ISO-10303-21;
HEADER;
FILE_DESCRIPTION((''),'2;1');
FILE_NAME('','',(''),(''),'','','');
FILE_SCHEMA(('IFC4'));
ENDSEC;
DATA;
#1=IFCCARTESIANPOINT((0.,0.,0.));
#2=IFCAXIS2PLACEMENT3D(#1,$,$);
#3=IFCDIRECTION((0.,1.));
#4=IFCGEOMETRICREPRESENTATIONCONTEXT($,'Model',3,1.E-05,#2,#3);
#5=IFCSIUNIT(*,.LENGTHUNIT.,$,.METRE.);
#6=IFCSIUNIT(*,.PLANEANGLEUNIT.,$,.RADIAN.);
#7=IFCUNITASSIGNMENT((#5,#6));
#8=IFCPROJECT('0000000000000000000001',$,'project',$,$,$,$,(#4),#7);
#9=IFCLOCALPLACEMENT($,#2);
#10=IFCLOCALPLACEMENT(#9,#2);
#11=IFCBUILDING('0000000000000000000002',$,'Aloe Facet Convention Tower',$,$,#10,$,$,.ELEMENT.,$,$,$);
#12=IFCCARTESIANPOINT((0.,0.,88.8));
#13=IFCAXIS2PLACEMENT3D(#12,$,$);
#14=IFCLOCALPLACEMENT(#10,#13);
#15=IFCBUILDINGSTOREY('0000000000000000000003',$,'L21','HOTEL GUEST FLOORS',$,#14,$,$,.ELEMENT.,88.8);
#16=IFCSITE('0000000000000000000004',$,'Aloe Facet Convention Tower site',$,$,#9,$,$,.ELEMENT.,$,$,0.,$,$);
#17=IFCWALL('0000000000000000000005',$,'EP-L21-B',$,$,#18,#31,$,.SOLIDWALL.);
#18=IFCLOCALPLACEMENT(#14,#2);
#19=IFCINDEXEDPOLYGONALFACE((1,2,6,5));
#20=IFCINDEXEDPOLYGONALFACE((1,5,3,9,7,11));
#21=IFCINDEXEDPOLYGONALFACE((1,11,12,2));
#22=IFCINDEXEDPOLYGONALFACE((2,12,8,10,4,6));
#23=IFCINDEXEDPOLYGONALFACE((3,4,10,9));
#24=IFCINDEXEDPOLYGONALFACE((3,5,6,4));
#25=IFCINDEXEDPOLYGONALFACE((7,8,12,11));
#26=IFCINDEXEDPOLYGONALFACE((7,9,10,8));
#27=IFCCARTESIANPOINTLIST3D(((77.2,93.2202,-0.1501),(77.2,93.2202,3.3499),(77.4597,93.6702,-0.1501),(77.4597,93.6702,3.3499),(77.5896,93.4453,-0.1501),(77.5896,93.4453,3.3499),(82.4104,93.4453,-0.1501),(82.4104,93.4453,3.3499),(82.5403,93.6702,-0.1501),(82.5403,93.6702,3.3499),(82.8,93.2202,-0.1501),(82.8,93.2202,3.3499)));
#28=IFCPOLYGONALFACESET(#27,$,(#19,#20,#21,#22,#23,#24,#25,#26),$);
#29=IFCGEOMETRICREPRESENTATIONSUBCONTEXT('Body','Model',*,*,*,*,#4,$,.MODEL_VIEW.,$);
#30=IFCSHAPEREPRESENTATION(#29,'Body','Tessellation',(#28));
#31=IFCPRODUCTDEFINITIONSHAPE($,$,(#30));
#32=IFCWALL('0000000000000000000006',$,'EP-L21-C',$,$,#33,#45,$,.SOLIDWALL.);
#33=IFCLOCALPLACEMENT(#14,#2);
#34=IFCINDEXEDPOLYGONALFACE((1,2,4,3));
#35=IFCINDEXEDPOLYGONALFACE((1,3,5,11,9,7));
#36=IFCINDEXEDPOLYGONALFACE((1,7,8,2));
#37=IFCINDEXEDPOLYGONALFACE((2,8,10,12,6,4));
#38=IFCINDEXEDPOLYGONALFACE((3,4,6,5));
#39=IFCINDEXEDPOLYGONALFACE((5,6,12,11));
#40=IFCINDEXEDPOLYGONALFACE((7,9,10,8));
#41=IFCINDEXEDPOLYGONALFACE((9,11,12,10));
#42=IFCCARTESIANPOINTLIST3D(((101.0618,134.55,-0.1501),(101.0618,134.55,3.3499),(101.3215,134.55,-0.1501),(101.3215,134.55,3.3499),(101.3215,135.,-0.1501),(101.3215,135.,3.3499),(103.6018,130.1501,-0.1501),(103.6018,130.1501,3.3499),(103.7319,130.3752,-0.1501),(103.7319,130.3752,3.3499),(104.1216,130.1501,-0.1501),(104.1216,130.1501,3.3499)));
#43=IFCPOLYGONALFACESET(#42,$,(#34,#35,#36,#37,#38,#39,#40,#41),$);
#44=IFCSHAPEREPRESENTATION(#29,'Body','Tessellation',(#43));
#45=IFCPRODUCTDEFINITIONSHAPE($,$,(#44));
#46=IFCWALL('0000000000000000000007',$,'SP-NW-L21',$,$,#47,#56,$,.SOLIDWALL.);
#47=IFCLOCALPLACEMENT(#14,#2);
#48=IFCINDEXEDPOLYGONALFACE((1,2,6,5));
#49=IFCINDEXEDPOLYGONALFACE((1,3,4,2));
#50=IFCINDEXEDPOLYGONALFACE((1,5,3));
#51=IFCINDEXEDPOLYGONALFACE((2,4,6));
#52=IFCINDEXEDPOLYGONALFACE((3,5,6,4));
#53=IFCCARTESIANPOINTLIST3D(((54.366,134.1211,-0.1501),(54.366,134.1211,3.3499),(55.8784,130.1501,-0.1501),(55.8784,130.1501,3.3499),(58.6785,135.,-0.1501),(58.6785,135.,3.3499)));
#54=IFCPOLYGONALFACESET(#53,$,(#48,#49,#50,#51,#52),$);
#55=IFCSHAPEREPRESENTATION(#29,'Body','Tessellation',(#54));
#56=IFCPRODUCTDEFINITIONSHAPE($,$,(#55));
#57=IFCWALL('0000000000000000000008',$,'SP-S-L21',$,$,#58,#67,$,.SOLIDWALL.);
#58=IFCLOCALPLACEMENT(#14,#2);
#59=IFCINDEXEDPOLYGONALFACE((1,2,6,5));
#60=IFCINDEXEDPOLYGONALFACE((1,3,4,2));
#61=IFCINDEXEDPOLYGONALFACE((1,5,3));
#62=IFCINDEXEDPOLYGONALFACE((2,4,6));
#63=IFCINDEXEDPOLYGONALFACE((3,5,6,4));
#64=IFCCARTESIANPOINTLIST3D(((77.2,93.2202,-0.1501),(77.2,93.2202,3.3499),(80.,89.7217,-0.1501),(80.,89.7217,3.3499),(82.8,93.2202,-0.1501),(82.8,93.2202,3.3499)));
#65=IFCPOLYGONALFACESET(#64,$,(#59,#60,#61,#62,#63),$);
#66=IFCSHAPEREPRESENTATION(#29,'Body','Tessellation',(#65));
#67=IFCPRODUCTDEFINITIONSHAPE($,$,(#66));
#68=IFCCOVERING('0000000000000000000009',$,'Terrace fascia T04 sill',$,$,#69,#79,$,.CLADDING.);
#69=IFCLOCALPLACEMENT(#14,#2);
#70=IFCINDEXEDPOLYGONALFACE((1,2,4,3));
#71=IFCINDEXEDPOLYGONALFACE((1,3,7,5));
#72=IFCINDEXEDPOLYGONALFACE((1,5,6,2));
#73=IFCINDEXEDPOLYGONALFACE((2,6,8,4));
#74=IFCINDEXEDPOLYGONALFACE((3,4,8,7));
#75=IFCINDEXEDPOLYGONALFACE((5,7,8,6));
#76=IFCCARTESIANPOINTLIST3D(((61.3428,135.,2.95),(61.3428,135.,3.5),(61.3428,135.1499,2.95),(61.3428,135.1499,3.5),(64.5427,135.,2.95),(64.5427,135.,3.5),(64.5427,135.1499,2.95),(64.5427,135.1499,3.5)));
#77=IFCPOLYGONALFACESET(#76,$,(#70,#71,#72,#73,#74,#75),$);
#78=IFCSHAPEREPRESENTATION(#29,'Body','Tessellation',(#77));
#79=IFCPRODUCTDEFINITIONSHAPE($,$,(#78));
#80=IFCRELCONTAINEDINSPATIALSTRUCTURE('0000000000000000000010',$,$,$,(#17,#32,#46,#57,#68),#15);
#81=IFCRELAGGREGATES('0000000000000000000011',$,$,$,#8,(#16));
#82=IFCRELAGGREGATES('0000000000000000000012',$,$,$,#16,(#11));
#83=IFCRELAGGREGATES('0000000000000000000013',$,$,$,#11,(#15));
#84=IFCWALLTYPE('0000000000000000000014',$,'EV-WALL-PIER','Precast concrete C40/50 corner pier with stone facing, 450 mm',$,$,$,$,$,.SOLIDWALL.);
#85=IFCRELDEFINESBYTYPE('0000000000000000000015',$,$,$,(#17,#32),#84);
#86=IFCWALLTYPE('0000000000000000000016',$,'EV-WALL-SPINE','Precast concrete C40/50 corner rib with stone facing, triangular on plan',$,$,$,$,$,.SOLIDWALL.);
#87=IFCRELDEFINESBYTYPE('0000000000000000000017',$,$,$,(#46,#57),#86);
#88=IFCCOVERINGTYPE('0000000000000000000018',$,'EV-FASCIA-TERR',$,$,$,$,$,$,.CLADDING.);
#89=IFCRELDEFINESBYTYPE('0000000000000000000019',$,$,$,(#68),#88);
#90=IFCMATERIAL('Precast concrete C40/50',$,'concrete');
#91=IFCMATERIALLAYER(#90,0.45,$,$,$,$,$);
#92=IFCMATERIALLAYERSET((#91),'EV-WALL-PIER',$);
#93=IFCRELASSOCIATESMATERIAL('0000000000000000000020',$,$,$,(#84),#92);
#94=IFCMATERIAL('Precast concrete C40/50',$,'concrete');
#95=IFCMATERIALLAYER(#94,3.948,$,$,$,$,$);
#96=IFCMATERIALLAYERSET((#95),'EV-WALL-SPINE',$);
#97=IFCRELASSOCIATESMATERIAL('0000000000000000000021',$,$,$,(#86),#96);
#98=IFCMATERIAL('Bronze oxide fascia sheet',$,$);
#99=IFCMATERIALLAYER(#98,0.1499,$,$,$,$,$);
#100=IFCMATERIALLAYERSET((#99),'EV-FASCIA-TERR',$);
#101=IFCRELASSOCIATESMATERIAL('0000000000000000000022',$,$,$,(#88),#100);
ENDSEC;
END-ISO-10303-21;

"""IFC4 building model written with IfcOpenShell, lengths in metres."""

from ifc_helpers import new_model, si_unit, direction, frame, origin, place, context, subcontext, project, spatial, polyline, outline, extrude, material, layer, layer_set, type_object, element, save


model = new_model("IFC4")

# Units and contexts
model_context = context("Model", 3, precision=1e-05, world=origin(), true_north=direction((0.0, 1.0)))
body_context = subcontext(model_context, "Body", "Model", "MODEL_VIEW")
ifc_project = project(units=[si_unit("LENGTHUNIT", "METRE"), si_unit("PLANEANGLEUNIT", "RADIAN")], contexts=[model_context])

# Site, building, storey
site_placement = place(None, origin())
site = spatial("IfcSite", under=ifc_project, at=site_placement, Name="Aloe Facet Convention Tower site", CompositionType="ELEMENT", RefElevation=0.0)
building_placement = place(site_placement, origin())
building = spatial("IfcBuilding", under=site, at=building_placement, Name="Aloe Facet Convention Tower", CompositionType="ELEMENT")
storey_placement = place(building_placement, frame((0.0, 0.0, 88.8)))
storey = spatial("IfcBuildingStorey", under=building, at=storey_placement, Name="L21", Description="HOTEL GUEST FLOORS", CompositionType="ELEMENT", Elevation=88.8)

# Walls
ifc_material_1 = material(Name="Precast concrete C40/50", Category="concrete")
ifc_layer_1 = layer(ifc_material_1, 0.45)
ifc_layer_set_1 = layer_set([ifc_layer_1], Name="EV-WALL-PIER")
wall_type_1 = type_object("IfcWallType", Name="EV-WALL-PIER", Description="Precast concrete C40/50 corner pier with stone facing, 450 mm", PredefinedType="SOLIDWALL", material=ifc_layer_set_1)
wall_1_placement = place(storey_placement, frame((0.0, 0.0, -0.1501)))
element("IfcWall", 1, at=wall_1_placement, inside=storey, type_object=wall_type_1, Name="EP-L21-B", PredefinedType="SOLIDWALL", context=body_context, shape_type="SweptSolid", body=[
    extrude(outline(polyline([(77.2, 93.2202), (77.5896, 93.4453), (77.4597, 93.6702), (82.5403, 93.6702), (82.4104, 93.4453), (82.8, 93.2202), (77.2, 93.2202)])), origin(), (0.0, 0.0, 1.0), 3.5),
])
wall_2_placement = place(storey_placement, frame((0.0, 0.0, -0.1501)))
element("IfcWall", 2, at=wall_2_placement, inside=storey, type_object=wall_type_1, Name="EP-L21-C", PredefinedType="SOLIDWALL", context=body_context, shape_type="SweptSolid", body=[
    extrude(outline(polyline([(104.1216, 130.1501), (103.7319, 130.3752), (103.6018, 130.1501), (101.0618, 134.55), (101.3215, 134.55), (101.3215, 135.0), (104.1216, 130.1501)])), origin(), (0.0, 0.0, 1.0), 3.5),
])
ifc_material_2 = material(Name="Precast concrete C40/50", Category="concrete")
ifc_layer_2 = layer(ifc_material_2, 3.948)
ifc_layer_set_2 = layer_set([ifc_layer_2], Name="EV-WALL-SPINE")
wall_type_2 = type_object("IfcWallType", Name="EV-WALL-SPINE", Description="Precast concrete C40/50 corner rib with stone facing, triangular on plan", PredefinedType="SOLIDWALL", material=ifc_layer_set_2)
wall_3_placement = place(storey_placement, frame((0.0, 0.0, -0.1501)))
element("IfcWall", 3, at=wall_3_placement, inside=storey, type_object=wall_type_2, Name="SP-NW-L21", PredefinedType="SOLIDWALL", context=body_context, shape_type="SweptSolid", body=[
    extrude(outline(polyline([(58.6785, 135.0), (54.366, 134.1211), (55.8784, 130.1501), (58.6785, 135.0)])), origin(), (0.0, 0.0, 1.0), 3.5),
])
wall_4_placement = place(storey_placement, frame((0.0, 0.0, -0.1501)))
element("IfcWall", 4, at=wall_4_placement, inside=storey, type_object=wall_type_2, Name="SP-S-L21", PredefinedType="SOLIDWALL", context=body_context, shape_type="SweptSolid", body=[
    extrude(outline(polyline([(77.2, 93.2202), (80.0, 89.7217), (82.8, 93.2202), (77.2, 93.2202)])), origin(), (0.0, 0.0, 1.0), 3.5),
])

# Covering
ifc_material_3 = material(Name="Bronze oxide fascia sheet")
ifc_layer_3 = layer(ifc_material_3, 0.1499)
ifc_layer_set_3 = layer_set([ifc_layer_3], Name="EV-FASCIA-TERR")
covering_type = type_object("IfcCoveringType", Name="EV-FASCIA-TERR", PredefinedType="CLADDING", material=ifc_layer_set_3)
covering_placement = place(storey_placement, frame((0.0, 0.0, 2.95)))
element("IfcCovering", 5, at=covering_placement, inside=storey, type_object=covering_type, Name="Terrace fascia T04 sill", PredefinedType="CLADDING", context=body_context, shape_type="SweptSolid", body=[
    extrude(outline(polyline([(64.5427, 135.1499), (61.3428, 135.1499), (61.3428, 135.0), (64.5427, 135.0), (64.5427, 135.1499)])), origin(), (0.0, 0.0, 1.0), 0.55),
])

save(model, "model.ifc")
